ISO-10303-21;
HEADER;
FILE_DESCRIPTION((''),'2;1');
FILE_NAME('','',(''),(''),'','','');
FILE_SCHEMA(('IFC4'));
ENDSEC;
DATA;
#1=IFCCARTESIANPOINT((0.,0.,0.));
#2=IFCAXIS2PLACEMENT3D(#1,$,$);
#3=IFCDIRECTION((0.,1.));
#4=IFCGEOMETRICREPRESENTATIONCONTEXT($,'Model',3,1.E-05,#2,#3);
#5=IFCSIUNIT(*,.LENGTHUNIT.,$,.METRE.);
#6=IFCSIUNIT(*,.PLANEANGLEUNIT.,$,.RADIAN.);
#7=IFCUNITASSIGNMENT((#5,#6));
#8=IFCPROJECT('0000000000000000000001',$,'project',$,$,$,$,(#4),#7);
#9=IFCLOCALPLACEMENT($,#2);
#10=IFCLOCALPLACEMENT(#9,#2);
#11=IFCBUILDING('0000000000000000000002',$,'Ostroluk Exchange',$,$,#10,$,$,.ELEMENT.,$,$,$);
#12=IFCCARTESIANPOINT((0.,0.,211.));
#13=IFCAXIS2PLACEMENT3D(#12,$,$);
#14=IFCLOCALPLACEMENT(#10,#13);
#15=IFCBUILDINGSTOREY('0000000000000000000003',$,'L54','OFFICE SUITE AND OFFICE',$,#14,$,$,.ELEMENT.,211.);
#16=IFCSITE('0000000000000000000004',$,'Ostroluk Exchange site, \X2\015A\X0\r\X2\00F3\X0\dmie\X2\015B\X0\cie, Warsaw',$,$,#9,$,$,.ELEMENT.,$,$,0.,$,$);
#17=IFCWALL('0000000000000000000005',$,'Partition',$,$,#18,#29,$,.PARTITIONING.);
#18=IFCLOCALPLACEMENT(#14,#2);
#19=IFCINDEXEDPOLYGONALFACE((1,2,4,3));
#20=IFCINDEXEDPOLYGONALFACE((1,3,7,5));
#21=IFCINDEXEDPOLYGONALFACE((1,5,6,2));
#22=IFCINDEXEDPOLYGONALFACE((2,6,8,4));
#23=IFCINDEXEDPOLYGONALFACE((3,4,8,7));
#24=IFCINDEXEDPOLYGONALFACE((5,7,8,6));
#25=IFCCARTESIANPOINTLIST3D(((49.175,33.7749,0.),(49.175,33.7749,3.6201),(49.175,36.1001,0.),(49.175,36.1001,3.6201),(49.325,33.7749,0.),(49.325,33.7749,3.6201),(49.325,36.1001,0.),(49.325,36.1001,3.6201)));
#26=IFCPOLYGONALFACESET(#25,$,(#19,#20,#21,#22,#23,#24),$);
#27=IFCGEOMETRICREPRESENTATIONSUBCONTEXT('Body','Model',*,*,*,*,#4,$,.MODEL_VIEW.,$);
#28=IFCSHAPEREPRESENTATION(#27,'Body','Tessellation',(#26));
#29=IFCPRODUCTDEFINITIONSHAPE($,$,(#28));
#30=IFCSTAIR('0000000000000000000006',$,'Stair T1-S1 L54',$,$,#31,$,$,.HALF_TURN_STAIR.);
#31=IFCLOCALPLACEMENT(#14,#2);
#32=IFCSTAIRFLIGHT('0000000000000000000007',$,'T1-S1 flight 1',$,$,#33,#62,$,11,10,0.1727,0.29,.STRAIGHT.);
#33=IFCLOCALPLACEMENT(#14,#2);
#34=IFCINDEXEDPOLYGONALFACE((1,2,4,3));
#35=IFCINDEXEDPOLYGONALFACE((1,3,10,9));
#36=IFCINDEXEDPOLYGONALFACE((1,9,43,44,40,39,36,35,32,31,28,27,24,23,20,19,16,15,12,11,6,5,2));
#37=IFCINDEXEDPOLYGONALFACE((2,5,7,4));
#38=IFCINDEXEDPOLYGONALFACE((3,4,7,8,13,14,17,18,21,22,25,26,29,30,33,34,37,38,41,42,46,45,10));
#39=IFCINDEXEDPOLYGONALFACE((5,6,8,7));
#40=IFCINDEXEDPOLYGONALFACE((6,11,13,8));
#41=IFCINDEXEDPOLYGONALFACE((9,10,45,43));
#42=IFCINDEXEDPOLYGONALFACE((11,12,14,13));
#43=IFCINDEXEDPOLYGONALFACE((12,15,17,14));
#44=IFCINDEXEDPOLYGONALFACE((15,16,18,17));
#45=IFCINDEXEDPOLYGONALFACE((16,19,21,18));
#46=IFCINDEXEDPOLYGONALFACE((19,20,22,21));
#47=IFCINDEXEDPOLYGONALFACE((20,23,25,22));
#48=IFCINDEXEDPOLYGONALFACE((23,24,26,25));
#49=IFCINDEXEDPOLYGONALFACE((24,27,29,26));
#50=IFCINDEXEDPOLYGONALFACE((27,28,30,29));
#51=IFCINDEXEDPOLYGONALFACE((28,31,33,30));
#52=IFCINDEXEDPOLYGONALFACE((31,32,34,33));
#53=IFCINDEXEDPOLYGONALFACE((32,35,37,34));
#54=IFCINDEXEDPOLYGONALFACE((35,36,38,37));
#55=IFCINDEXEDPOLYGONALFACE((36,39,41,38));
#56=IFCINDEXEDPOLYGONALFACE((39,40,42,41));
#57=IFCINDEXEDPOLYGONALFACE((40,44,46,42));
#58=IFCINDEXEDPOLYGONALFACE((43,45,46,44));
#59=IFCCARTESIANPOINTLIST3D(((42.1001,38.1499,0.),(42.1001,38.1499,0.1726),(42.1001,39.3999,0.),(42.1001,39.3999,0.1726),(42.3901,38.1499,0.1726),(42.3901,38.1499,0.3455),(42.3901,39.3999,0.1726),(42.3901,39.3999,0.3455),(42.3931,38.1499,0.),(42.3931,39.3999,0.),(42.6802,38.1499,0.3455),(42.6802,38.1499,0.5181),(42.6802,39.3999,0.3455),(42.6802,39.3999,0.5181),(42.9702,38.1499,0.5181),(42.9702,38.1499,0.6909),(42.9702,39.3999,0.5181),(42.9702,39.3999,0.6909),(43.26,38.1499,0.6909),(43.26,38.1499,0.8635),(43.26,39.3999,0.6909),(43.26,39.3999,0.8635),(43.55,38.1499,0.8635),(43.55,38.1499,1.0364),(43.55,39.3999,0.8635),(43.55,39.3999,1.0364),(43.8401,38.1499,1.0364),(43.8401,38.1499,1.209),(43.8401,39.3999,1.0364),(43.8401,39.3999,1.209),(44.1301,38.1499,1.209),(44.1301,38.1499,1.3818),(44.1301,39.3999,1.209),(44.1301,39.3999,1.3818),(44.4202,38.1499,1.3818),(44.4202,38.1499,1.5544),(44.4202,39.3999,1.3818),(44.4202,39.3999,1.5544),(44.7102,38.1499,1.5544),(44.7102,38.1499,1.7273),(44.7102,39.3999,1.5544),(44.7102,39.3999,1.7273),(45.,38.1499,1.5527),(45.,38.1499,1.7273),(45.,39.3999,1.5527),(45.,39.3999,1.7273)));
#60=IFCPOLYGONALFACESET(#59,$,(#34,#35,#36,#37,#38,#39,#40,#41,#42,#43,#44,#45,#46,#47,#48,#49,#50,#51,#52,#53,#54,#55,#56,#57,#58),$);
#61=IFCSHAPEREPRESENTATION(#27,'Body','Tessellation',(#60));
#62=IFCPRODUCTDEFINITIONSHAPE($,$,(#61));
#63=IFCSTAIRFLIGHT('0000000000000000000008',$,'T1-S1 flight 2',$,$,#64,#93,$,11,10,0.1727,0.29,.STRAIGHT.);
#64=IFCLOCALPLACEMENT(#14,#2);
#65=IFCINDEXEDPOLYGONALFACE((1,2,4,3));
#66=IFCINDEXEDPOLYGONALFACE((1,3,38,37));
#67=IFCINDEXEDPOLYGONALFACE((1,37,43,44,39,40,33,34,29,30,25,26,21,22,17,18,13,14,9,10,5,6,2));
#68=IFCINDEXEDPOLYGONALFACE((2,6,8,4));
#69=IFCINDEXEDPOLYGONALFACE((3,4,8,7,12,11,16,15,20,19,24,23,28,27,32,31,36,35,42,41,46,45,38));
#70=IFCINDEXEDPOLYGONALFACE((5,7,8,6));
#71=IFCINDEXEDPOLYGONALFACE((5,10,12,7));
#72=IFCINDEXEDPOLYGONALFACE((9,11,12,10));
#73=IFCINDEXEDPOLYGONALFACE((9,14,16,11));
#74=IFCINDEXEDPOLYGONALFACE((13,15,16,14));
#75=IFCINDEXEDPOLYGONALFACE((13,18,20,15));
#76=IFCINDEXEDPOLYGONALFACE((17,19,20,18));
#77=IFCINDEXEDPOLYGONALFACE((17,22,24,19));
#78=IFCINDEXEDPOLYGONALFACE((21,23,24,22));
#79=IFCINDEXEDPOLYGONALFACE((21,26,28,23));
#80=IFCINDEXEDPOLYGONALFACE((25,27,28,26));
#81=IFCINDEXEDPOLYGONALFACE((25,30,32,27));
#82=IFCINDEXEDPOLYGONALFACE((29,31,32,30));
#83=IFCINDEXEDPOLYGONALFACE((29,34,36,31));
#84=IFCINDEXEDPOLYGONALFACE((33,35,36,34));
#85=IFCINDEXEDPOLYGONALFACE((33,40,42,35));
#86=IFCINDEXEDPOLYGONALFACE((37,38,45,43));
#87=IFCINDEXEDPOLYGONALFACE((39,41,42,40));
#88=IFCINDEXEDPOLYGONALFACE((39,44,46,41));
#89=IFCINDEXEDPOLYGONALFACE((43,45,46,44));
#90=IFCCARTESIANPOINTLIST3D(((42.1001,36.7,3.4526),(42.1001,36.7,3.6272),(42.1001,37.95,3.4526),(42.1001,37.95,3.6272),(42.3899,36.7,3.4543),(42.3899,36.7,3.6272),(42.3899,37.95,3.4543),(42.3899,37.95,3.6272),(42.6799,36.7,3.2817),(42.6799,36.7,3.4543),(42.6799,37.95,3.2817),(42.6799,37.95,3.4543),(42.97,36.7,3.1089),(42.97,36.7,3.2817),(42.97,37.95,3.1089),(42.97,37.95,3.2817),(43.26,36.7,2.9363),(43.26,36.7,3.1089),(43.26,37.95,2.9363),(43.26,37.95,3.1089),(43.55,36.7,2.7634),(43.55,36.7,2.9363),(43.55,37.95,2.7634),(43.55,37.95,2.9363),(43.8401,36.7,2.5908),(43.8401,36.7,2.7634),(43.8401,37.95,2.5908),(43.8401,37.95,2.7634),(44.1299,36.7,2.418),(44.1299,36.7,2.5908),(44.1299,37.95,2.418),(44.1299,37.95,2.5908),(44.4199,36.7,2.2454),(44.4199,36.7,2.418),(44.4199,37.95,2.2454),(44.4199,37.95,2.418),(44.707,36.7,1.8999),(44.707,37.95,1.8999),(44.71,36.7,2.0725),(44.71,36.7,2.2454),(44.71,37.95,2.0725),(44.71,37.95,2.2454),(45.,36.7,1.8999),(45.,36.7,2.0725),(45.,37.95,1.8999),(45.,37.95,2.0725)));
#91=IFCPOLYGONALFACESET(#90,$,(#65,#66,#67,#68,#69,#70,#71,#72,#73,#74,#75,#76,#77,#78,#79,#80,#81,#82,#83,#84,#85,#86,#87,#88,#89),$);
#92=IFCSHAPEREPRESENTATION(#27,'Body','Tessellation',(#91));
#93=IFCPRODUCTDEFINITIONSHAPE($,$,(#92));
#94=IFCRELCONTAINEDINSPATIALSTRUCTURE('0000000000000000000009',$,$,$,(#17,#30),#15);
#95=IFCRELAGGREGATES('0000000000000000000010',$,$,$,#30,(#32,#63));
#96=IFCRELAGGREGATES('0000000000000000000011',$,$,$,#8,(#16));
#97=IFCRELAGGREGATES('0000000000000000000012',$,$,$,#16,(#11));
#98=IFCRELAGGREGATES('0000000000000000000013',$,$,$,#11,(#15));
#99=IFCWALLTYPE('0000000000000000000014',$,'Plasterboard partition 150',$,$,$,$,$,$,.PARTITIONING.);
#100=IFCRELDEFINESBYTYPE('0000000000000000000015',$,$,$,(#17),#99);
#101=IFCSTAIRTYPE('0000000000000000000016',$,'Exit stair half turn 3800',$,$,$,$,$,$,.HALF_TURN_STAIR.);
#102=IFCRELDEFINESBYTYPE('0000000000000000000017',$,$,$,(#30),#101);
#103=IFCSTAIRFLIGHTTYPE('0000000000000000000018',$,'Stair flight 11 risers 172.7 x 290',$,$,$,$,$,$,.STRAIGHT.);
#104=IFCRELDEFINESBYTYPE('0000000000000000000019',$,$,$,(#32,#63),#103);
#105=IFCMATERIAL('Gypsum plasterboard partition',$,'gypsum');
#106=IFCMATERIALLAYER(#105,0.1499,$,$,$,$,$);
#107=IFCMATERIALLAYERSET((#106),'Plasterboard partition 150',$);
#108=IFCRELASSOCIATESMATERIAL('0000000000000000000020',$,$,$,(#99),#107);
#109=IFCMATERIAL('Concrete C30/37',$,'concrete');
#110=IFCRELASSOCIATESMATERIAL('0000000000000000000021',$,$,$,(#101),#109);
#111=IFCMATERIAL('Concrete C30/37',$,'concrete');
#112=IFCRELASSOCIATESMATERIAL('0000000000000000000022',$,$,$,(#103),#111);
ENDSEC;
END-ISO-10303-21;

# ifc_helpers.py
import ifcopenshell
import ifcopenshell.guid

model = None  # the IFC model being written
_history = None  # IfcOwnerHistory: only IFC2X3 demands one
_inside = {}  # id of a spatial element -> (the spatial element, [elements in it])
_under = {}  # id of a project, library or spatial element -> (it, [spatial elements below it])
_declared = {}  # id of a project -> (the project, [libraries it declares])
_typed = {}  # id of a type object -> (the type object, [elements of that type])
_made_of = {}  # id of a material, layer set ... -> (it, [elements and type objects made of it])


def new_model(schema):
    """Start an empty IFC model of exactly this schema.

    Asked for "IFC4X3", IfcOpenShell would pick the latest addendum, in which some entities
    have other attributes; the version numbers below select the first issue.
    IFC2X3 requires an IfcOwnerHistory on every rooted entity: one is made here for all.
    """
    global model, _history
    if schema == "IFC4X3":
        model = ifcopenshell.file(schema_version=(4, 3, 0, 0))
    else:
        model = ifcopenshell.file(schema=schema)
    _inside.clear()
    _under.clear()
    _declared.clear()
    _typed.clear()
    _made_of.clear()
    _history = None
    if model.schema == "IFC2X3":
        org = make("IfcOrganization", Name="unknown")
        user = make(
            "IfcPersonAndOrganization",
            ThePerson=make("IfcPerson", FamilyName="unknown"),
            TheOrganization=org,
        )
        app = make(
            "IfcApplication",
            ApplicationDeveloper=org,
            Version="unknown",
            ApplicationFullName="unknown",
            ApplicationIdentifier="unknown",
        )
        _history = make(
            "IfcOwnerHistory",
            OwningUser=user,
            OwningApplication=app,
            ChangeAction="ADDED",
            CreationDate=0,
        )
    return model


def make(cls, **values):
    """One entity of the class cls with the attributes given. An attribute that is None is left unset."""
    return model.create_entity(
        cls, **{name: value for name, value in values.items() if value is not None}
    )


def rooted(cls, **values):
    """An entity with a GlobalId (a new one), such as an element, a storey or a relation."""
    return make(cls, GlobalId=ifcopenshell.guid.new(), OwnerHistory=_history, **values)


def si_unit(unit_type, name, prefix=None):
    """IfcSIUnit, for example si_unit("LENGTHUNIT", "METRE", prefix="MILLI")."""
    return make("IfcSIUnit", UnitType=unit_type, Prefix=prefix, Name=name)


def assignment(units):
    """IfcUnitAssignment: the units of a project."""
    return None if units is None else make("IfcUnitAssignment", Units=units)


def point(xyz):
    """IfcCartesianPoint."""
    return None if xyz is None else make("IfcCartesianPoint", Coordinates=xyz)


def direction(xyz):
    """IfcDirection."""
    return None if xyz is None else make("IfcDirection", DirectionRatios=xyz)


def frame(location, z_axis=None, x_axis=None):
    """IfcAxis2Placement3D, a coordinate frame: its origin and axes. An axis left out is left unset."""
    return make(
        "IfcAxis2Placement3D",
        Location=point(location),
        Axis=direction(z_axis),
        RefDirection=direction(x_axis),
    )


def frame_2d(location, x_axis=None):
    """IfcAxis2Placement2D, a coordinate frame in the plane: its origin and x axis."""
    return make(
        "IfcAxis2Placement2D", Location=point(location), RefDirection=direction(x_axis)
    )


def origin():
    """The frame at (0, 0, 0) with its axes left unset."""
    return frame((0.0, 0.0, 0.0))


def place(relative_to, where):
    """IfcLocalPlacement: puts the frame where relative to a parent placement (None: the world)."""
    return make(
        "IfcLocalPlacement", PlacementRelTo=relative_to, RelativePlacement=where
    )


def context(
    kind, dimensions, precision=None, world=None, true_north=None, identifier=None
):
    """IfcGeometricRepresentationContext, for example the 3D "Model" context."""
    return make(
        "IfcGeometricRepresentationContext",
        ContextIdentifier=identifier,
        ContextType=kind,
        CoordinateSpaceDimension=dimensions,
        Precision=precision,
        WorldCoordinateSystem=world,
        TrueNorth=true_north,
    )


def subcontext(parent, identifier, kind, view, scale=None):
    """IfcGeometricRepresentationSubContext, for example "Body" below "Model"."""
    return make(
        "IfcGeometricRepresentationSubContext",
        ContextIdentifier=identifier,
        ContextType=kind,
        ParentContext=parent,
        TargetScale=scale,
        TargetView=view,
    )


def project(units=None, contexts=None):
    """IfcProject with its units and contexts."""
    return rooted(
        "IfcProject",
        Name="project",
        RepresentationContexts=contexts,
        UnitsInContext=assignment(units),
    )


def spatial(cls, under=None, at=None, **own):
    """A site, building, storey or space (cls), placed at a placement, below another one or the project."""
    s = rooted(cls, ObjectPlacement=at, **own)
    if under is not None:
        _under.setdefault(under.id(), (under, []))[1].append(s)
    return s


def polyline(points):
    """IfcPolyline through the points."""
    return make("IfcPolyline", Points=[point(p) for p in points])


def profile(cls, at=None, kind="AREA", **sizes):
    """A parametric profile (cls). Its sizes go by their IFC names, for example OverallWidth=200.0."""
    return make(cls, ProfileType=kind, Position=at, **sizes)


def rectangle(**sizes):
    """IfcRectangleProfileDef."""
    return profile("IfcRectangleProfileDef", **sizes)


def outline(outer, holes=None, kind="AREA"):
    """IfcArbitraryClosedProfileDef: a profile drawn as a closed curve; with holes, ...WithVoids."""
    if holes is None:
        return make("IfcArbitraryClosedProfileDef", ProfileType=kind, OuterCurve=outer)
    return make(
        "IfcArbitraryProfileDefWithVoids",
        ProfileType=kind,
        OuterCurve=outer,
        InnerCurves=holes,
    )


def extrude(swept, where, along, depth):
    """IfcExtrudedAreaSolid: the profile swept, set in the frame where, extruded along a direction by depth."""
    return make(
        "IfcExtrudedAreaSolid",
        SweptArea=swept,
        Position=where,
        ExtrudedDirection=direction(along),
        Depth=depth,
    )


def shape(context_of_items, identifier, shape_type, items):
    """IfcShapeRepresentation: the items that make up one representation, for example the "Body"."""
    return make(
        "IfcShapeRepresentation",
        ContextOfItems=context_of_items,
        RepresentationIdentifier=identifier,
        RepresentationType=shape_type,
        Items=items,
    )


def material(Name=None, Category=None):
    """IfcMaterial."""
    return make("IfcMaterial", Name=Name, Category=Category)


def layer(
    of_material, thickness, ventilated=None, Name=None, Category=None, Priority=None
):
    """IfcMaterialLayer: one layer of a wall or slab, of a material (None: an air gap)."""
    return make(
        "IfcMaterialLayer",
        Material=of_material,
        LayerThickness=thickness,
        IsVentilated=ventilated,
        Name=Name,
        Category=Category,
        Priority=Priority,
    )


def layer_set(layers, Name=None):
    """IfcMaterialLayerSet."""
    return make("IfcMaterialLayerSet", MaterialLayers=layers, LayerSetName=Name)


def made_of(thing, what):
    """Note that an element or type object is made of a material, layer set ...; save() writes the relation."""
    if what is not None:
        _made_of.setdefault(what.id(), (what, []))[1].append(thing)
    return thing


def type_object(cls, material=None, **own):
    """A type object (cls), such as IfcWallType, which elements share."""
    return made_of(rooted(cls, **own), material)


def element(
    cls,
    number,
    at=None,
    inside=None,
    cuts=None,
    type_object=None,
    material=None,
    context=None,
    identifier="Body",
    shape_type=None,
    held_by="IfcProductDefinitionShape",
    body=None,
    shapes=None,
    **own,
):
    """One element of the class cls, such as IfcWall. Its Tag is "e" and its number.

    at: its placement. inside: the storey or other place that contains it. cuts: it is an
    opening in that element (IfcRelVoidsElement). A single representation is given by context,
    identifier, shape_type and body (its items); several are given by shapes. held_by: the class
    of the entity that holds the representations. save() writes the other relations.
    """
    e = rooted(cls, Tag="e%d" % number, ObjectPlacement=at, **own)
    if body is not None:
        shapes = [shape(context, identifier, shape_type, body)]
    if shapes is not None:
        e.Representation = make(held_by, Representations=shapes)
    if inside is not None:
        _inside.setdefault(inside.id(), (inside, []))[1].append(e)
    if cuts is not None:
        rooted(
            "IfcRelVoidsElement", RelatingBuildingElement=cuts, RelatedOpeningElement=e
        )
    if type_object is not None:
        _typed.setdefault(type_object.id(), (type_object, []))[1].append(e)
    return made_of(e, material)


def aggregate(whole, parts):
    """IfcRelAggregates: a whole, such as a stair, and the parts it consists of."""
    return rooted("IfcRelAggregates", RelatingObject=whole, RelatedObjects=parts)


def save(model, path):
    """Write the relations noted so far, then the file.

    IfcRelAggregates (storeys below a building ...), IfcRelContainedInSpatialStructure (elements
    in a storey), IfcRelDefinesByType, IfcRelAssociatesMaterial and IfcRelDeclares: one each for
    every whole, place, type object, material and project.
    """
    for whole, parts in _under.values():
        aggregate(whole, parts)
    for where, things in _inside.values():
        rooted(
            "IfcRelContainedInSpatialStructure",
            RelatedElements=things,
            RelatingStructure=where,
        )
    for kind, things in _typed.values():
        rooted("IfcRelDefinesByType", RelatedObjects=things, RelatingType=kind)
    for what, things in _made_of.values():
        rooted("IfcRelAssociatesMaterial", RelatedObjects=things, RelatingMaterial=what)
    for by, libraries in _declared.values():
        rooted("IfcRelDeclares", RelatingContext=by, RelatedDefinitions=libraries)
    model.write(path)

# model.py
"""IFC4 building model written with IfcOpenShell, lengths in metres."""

from ifc_helpers import new_model, si_unit, direction, frame, frame_2d, origin, place, context, subcontext, project, spatial, polyline, rectangle, outline, extrude, material, layer, layer_set, type_object, element, aggregate, save


model = new_model("IFC4")

# Units and contexts
model_context = context("Model", 3, precision=1e-05, world=origin(), true_north=direction((0.0, 1.0)))
body_context = subcontext(model_context, "Body", "Model", "MODEL_VIEW")
ifc_project = project(units=[si_unit("LENGTHUNIT", "METRE"), si_unit("PLANEANGLEUNIT", "RADIAN")], contexts=[model_context])

# Site, building, storey
site_placement = place(None, origin())
site = spatial("IfcSite", under=ifc_project, at=site_placement, Name="Ostroluk Exchange site, Śródmieście, Warsaw", CompositionType="ELEMENT", RefElevation=0.0)
building_placement = place(site_placement, origin())
building = spatial("IfcBuilding", under=site, at=building_placement, Name="Ostroluk Exchange", CompositionType="ELEMENT")
storey_placement = place(building_placement, frame((0.0, 0.0, 211.0)))
storey = spatial("IfcBuildingStorey", under=building, at=storey_placement, Name="L54", Description="OFFICE SUITE AND OFFICE", CompositionType="ELEMENT", Elevation=211.0)

# Wall
ifc_material_1 = material(Name="Gypsum plasterboard partition", Category="gypsum")
ifc_layer_1 = layer(ifc_material_1, 0.1499)
ifc_layer_set_1 = layer_set([ifc_layer_1], Name="Plasterboard partition 150")
wall_type_1 = type_object("IfcWallType", Name="Plasterboard partition 150", PredefinedType="PARTITIONING", material=ifc_layer_set_1)
for number, where, z_axis, x_axis, name in (
    (1, (49.25, 36.1001, 0.0), (0.0, 0.0, 1.0), (0.0, -1.0, 0.0), "Partition"),
):
    element("IfcWall", number, at=place(storey_placement, frame(where, z_axis=z_axis, x_axis=x_axis)), inside=storey, type_object=wall_type_1, Name=name, PredefinedType="PARTITIONING", context=body_context, shape_type="SweptSolid", body=[
        extrude(rectangle(XDim=2.3252, YDim=0.1499, at=frame_2d((1.1626, 0.0))), origin(), (0.0, 0.0, 1.0), 3.6201),
    ])

# Stair, stair flights
ifc_material_2 = material(Name="Concrete C30/37", Category="concrete")
stair_type = type_object("IfcStairType", Name="Exit stair half turn 3800", PredefinedType="HALF_TURN_STAIR", material=ifc_material_2)
stair_placement = place(storey_placement, origin())
stair = element("IfcStair", 2, at=stair_placement, inside=storey, type_object=stair_type, Name="Stair T1-S1 L54", PredefinedType="HALF_TURN_STAIR")
ifc_material_3 = material(Name="Concrete C30/37", Category="concrete")
stair_flight_type = type_object("IfcStairFlightType", Name="Stair flight 11 risers 172.7 x 290", PredefinedType="STRAIGHT", material=ifc_material_3)
stair_flight_1_placement = place(storey_placement, frame((42.1001, 38.7749, 0.0), z_axis=(0.0, 0.0, 1.0), x_axis=(1.0, 0.0, 0.0)))
stair_flight_1 = element("IfcStairFlight", 3, at=stair_flight_1_placement, type_object=stair_flight_type, Name="T1-S1 flight 1", NumberOfRisers=11, NumberOfTreads=10, PredefinedType="STRAIGHT", RiserHeight=0.1727, TreadLength=0.29, context=body_context, shape_type="SweptSolid", body=[
    extrude(outline(polyline([(0.0, 0.0), (0.0, 0.1726), (0.29, 0.1726), (0.29, 0.3455), (0.5801, 0.3455), (0.5801, 0.5181), (0.8701, 0.5181), (0.8701, 0.6909), (1.1599, 0.6909), (1.1599, 0.8635), (1.45, 0.8635), (1.45, 1.0364), (1.74, 1.0364), (1.74, 1.209), (2.03, 1.209), (2.03, 1.3818), (2.3201, 1.3818), (2.3201, 1.5544), (2.6101, 1.5544), (2.6101, 1.7273), (2.8999, 1.7273), (2.8999, 1.8999), (2.8999, 1.5527), (0.293, 0.0), (0.0, 0.0)])), frame((0.0, 0.625, 0.0), z_axis=(0.0, -1.0, 0.0), x_axis=(1.0, 0.0, 0.0)), (0.0, 0.0, 1.0), 1.25),
])
stair_flight_2_placement = place(storey_placement, frame((45.0, 37.325, 1.8999), z_axis=(0.0, 0.0, 1.0), x_axis=(-1.0, 0.0, 0.0)))
stair_flight_2 = element("IfcStairFlight", 4, at=stair_flight_2_placement, type_object=stair_flight_type, Name="T1-S1 flight 2", NumberOfRisers=11, NumberOfTreads=10, PredefinedType="STRAIGHT", RiserHeight=0.1727, TreadLength=0.29, context=body_context, shape_type="SweptSolid", body=[
    extrude(outline(polyline([(0.0, 0.0), (0.0, 0.1726), (0.29, 0.1726), (0.29, 0.3455), (0.5801, 0.3455), (0.5801, 0.5181), (0.8701, 0.5181), (0.8701, 0.6909), (1.1599, 0.6909), (1.1599, 0.8635), (1.45, 0.8635), (1.45, 1.0364), (1.74, 1.0364), (1.74, 1.209), (2.03, 1.209), (2.03, 1.3818), (2.3201, 1.3818), (2.3201, 1.5544), (2.6101, 1.5544), (2.6101, 1.7273), (2.8999, 1.7273), (2.8999, 1.8999), (2.8999, 1.5527), (0.293, 0.0), (0.0, 0.0)])), frame((0.0, 0.625, 0.0), z_axis=(0.0, -1.0, 0.0), x_axis=(1.0, 0.0, 0.0)), (0.0, 0.0, 1.0), 1.25),
])
aggregate(stair, [stair_flight_1, stair_flight_2])

save(model, "model.ifc")
